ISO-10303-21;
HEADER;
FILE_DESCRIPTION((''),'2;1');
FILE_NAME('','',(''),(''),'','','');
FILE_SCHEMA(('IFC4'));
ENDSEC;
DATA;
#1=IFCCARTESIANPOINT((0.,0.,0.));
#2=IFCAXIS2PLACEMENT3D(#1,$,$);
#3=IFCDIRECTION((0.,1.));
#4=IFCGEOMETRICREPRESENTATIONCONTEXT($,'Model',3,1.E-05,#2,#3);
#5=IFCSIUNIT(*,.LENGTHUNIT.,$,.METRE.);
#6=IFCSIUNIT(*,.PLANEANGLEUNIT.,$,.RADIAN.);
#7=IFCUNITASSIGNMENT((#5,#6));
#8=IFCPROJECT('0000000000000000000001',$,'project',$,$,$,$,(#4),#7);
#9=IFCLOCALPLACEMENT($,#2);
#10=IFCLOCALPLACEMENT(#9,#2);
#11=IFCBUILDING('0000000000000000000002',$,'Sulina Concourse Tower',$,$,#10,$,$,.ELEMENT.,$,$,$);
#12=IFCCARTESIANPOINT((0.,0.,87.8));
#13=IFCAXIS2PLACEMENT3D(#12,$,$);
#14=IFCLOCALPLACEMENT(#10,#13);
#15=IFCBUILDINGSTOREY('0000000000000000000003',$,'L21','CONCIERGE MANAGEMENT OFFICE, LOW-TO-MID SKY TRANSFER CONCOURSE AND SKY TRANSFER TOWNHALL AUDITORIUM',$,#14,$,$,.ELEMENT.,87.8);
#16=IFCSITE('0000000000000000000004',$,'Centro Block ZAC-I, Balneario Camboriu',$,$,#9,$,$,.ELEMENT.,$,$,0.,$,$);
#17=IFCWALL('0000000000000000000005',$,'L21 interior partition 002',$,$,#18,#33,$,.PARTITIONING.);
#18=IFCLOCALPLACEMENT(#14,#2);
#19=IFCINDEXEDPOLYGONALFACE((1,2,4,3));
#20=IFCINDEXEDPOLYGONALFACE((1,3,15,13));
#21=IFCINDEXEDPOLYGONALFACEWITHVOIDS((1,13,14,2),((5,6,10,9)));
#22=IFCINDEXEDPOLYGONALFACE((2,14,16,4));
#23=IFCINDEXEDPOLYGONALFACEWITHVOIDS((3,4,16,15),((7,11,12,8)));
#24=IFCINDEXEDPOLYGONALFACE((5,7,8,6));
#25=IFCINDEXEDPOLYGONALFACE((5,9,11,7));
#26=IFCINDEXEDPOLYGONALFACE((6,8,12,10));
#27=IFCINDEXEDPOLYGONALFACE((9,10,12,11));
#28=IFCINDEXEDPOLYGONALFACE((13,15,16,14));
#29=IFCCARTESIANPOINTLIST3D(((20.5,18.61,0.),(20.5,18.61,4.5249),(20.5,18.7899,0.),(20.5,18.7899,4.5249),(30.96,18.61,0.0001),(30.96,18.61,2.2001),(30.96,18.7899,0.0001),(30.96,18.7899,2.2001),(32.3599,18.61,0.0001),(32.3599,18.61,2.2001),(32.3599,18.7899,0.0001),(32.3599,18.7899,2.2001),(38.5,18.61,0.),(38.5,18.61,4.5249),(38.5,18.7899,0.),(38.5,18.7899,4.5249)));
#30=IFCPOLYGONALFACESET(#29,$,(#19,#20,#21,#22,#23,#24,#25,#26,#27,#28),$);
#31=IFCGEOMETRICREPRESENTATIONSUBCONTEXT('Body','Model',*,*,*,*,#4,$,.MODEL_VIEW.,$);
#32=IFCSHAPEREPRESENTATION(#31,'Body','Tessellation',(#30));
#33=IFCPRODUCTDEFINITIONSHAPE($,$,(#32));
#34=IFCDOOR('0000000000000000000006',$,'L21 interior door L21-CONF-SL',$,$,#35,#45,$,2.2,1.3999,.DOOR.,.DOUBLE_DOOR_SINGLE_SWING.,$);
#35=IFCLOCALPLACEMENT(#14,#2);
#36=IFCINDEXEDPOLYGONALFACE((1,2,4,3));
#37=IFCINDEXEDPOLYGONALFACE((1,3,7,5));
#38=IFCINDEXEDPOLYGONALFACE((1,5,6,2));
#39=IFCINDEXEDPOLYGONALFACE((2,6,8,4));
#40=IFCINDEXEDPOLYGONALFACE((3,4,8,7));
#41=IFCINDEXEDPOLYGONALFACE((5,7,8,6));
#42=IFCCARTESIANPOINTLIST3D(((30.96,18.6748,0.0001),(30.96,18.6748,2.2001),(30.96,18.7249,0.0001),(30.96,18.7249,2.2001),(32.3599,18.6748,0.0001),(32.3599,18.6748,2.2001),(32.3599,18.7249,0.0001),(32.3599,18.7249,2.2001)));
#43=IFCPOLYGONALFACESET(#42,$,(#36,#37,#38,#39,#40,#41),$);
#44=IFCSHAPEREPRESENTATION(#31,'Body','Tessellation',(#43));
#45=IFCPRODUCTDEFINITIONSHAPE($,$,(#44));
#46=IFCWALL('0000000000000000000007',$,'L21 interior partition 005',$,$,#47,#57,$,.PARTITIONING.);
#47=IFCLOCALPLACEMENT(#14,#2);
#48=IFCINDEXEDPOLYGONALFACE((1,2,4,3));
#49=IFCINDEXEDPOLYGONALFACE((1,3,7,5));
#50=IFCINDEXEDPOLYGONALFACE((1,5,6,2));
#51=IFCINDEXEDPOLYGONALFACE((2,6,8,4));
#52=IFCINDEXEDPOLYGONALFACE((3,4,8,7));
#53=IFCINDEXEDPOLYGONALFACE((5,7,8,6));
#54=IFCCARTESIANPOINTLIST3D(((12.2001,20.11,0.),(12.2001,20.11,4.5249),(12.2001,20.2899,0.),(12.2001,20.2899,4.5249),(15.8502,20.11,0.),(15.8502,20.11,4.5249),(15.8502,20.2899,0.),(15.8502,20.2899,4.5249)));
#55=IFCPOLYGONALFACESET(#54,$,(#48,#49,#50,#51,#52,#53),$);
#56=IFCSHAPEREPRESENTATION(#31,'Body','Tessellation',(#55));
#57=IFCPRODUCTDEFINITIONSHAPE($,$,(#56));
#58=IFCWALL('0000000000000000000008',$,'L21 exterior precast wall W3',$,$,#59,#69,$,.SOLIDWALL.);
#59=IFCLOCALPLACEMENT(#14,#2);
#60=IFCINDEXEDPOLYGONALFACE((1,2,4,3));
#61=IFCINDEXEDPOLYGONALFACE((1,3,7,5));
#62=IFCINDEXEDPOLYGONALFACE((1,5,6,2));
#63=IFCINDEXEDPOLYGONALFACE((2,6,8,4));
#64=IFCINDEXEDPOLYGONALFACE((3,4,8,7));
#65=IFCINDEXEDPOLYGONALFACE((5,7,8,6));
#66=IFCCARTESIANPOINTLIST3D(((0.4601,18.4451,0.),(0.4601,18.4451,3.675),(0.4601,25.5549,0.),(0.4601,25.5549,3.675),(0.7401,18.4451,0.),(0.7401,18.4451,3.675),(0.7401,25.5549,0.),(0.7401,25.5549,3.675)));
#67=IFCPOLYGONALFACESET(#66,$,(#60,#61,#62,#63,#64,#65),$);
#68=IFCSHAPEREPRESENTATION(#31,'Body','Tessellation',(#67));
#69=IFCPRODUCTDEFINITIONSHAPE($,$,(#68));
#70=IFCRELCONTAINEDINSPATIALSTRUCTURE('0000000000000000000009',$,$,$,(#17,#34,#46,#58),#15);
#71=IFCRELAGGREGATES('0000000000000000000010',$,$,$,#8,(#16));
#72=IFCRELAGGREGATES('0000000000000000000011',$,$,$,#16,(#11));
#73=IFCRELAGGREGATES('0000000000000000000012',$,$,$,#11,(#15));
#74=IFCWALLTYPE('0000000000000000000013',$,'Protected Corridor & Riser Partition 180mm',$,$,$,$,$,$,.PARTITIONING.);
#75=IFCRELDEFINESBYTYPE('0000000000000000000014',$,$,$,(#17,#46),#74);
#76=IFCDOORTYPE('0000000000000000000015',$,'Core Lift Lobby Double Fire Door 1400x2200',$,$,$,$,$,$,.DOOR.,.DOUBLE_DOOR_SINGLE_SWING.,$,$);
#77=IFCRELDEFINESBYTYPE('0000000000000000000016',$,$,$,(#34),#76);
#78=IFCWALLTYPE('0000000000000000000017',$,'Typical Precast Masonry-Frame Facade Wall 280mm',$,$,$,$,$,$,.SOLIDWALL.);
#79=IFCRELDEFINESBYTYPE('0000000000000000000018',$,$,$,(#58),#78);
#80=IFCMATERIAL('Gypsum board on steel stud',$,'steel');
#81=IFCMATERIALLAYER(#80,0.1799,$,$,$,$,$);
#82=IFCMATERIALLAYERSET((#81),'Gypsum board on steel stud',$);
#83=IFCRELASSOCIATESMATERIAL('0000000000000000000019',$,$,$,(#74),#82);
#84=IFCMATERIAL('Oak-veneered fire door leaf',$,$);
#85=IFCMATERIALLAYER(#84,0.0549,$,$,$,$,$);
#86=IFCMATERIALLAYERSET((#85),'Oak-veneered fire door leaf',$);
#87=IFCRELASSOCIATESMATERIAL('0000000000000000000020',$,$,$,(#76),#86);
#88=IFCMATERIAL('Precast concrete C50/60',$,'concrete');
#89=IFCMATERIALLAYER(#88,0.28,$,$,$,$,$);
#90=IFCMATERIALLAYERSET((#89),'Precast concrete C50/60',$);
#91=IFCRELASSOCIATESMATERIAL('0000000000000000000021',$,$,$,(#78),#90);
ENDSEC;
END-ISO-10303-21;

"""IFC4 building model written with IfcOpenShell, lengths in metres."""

from ifc_helpers import new_model, si_unit, direction, frame, frame_2d, origin, place, context, subcontext, project, spatial, rectangle, extrude, material, layer, layer_set, type_object, element, fill, save


model = new_model("IFC4")

# Units and contexts
model_context = context("Model", 3, precision=1e-05, world=origin(), true_north=direction((0.0, 1.0)))
body_context = subcontext(model_context, "Body", "Model", "MODEL_VIEW")
ifc_project = project(units=[si_unit("LENGTHUNIT", "METRE"), si_unit("PLANEANGLEUNIT", "RADIAN")], contexts=[model_context])

# Site, building, storey
site_placement = place(None, origin())
site = spatial("IfcSite", under=ifc_project, at=site_placement, Name="Centro Block ZAC-I, Balneario Camboriu", CompositionType="ELEMENT", RefElevation=0.0)
building_placement = place(site_placement, origin())
building = spatial("IfcBuilding", under=site, at=building_placement, Name="Sulina Concourse Tower", CompositionType="ELEMENT")
storey_placement = place(building_placement, frame((0.0, 0.0, 87.8)))
storey = spatial("IfcBuildingStorey", under=building, at=storey_placement, Name="L21", Description="CONCIERGE MANAGEMENT OFFICE, LOW-TO-MID SKY TRANSFER CONCOURSE AND SKY TRANSFER TOWNHALL AUDITORIUM", CompositionType="ELEMENT", Elevation=87.8)

# Wall, opening, door
ifc_material_1 = material(Name="Gypsum board on steel stud", Category="steel")
ifc_layer_1 = layer(ifc_material_1, 0.1799)
ifc_layer_set_1 = layer_set([ifc_layer_1], Name="Gypsum board on steel stud")
wall_type_1 = type_object("IfcWallType", Name="Protected Corridor & Riser Partition 180mm", PredefinedType="PARTITIONING", material=ifc_layer_set_1)
wall_1_placement = place(storey_placement, frame((20.5, 18.7, 0.0), z_axis=(0.0, 0.0, 1.0), x_axis=(1.0, 0.0, 0.0)))
wall_1 = element("IfcWall", 1, at=wall_1_placement, inside=storey, type_object=wall_type_1, Name="L21 interior partition 002", PredefinedType="PARTITIONING", context=body_context, shape_type="SweptSolid", body=[
    extrude(rectangle(XDim=18.0, YDim=0.1799, at=frame_2d((9.0, 0.0))), origin(), (0.0, 0.0, 1.0), 4.5249),
])
opening_1_placement = place(wall_1_placement, frame((10.46, 0.0, 0.0)))
opening_1 = element("IfcOpeningElement", 2, at=opening_1_placement, cuts=wall_1, PredefinedType="OPENING", context=body_context, shape_type="SweptSolid", body=[
    extrude(rectangle(XDim=1.3999, YDim=2.2, at=frame_2d((0.7, 1.1001))), frame((0.0, 0.0999, 0.0), z_axis=(0.0, -1.0, 0.0), x_axis=(1.0, 0.0, 0.0)), (0.0, 0.0, 1.0), 0.2),
])
ifc_material_2 = material(Name="Oak-veneered fire door leaf")
ifc_layer_2 = layer(ifc_material_2, 0.0549)
ifc_layer_set_2 = layer_set([ifc_layer_2], Name="Oak-veneered fire door leaf")
door_type_1 = type_object("IfcDoorType", Name="Core Lift Lobby Double Fire Door 1400x2200", OperationType="DOUBLE_DOOR_SINGLE_SWING", PredefinedType="DOOR", material=ifc_layer_set_2)
door_1_placement = place(opening_1_placement, origin())
door_1 = element("IfcDoor", 3, at=door_1_placement, inside=storey, type_object=door_type_1, Name="L21 interior door L21-CONF-SL", OperationType="DOUBLE_DOOR_SINGLE_SWING", OverallHeight=2.2, OverallWidth=1.3999, PredefinedType="DOOR", context=body_context, shape_type="SweptSolid", body=[
    extrude(rectangle(XDim=1.3999, YDim=2.2, at=frame_2d((0.7, 1.1001))), frame((0.0, 0.0249, 0.0), z_axis=(0.0, -1.0, 0.0), x_axis=(1.0, 0.0, 0.0)), (0.0, 0.0, 1.0), 0.05),
])
fill(opening_1, door_1)

# Walls
wall_2_placement = place(storey_placement, frame((12.2, 20.2, 0.0), z_axis=(0.0, 0.0, 1.0), x_axis=(1.0, 0.0, 0.0)))
element("IfcWall", 4, at=wall_2_placement, inside=storey, type_object=wall_type_1, Name="L21 interior partition 005", PredefinedType="PARTITIONING", context=body_context, shape_type="SweptSolid", body=[
    extrude(rectangle(XDim=3.6501, YDim=0.1799, at=frame_2d((1.8252, 0.0))), origin(), (0.0, 0.0, 1.0), 4.5249),
])
ifc_material_3 = material(Name="Precast concrete C50/60", Category="concrete")
ifc_layer_3 = layer(ifc_material_3, 0.28)
ifc_layer_set_3 = layer_set([ifc_layer_3], Name="Precast concrete C50/60")
wall_type_2 = type_object("IfcWallType", Name="Typical Precast Masonry-Frame Facade Wall 280mm", PredefinedType="SOLIDWALL", material=ifc_layer_set_3)
wall_3_placement = place(storey_placement, frame((0.6001, 18.4451, 0.0), z_axis=(0.0, 0.0, 1.0), x_axis=(0.0, 1.0, 0.0)))
element("IfcWall", 5, at=wall_3_placement, inside=storey, type_object=wall_type_2, Name="L21 exterior precast wall W3", PredefinedType="SOLIDWALL", context=body_context, shape_type="SweptSolid", body=[
    extrude(rectangle(XDim=7.1099, YDim=0.28, at=frame_2d((3.5549, 0.0))), origin(), (0.0, 0.0, 1.0), 3.675),
])

save(model, "model.ifc")
